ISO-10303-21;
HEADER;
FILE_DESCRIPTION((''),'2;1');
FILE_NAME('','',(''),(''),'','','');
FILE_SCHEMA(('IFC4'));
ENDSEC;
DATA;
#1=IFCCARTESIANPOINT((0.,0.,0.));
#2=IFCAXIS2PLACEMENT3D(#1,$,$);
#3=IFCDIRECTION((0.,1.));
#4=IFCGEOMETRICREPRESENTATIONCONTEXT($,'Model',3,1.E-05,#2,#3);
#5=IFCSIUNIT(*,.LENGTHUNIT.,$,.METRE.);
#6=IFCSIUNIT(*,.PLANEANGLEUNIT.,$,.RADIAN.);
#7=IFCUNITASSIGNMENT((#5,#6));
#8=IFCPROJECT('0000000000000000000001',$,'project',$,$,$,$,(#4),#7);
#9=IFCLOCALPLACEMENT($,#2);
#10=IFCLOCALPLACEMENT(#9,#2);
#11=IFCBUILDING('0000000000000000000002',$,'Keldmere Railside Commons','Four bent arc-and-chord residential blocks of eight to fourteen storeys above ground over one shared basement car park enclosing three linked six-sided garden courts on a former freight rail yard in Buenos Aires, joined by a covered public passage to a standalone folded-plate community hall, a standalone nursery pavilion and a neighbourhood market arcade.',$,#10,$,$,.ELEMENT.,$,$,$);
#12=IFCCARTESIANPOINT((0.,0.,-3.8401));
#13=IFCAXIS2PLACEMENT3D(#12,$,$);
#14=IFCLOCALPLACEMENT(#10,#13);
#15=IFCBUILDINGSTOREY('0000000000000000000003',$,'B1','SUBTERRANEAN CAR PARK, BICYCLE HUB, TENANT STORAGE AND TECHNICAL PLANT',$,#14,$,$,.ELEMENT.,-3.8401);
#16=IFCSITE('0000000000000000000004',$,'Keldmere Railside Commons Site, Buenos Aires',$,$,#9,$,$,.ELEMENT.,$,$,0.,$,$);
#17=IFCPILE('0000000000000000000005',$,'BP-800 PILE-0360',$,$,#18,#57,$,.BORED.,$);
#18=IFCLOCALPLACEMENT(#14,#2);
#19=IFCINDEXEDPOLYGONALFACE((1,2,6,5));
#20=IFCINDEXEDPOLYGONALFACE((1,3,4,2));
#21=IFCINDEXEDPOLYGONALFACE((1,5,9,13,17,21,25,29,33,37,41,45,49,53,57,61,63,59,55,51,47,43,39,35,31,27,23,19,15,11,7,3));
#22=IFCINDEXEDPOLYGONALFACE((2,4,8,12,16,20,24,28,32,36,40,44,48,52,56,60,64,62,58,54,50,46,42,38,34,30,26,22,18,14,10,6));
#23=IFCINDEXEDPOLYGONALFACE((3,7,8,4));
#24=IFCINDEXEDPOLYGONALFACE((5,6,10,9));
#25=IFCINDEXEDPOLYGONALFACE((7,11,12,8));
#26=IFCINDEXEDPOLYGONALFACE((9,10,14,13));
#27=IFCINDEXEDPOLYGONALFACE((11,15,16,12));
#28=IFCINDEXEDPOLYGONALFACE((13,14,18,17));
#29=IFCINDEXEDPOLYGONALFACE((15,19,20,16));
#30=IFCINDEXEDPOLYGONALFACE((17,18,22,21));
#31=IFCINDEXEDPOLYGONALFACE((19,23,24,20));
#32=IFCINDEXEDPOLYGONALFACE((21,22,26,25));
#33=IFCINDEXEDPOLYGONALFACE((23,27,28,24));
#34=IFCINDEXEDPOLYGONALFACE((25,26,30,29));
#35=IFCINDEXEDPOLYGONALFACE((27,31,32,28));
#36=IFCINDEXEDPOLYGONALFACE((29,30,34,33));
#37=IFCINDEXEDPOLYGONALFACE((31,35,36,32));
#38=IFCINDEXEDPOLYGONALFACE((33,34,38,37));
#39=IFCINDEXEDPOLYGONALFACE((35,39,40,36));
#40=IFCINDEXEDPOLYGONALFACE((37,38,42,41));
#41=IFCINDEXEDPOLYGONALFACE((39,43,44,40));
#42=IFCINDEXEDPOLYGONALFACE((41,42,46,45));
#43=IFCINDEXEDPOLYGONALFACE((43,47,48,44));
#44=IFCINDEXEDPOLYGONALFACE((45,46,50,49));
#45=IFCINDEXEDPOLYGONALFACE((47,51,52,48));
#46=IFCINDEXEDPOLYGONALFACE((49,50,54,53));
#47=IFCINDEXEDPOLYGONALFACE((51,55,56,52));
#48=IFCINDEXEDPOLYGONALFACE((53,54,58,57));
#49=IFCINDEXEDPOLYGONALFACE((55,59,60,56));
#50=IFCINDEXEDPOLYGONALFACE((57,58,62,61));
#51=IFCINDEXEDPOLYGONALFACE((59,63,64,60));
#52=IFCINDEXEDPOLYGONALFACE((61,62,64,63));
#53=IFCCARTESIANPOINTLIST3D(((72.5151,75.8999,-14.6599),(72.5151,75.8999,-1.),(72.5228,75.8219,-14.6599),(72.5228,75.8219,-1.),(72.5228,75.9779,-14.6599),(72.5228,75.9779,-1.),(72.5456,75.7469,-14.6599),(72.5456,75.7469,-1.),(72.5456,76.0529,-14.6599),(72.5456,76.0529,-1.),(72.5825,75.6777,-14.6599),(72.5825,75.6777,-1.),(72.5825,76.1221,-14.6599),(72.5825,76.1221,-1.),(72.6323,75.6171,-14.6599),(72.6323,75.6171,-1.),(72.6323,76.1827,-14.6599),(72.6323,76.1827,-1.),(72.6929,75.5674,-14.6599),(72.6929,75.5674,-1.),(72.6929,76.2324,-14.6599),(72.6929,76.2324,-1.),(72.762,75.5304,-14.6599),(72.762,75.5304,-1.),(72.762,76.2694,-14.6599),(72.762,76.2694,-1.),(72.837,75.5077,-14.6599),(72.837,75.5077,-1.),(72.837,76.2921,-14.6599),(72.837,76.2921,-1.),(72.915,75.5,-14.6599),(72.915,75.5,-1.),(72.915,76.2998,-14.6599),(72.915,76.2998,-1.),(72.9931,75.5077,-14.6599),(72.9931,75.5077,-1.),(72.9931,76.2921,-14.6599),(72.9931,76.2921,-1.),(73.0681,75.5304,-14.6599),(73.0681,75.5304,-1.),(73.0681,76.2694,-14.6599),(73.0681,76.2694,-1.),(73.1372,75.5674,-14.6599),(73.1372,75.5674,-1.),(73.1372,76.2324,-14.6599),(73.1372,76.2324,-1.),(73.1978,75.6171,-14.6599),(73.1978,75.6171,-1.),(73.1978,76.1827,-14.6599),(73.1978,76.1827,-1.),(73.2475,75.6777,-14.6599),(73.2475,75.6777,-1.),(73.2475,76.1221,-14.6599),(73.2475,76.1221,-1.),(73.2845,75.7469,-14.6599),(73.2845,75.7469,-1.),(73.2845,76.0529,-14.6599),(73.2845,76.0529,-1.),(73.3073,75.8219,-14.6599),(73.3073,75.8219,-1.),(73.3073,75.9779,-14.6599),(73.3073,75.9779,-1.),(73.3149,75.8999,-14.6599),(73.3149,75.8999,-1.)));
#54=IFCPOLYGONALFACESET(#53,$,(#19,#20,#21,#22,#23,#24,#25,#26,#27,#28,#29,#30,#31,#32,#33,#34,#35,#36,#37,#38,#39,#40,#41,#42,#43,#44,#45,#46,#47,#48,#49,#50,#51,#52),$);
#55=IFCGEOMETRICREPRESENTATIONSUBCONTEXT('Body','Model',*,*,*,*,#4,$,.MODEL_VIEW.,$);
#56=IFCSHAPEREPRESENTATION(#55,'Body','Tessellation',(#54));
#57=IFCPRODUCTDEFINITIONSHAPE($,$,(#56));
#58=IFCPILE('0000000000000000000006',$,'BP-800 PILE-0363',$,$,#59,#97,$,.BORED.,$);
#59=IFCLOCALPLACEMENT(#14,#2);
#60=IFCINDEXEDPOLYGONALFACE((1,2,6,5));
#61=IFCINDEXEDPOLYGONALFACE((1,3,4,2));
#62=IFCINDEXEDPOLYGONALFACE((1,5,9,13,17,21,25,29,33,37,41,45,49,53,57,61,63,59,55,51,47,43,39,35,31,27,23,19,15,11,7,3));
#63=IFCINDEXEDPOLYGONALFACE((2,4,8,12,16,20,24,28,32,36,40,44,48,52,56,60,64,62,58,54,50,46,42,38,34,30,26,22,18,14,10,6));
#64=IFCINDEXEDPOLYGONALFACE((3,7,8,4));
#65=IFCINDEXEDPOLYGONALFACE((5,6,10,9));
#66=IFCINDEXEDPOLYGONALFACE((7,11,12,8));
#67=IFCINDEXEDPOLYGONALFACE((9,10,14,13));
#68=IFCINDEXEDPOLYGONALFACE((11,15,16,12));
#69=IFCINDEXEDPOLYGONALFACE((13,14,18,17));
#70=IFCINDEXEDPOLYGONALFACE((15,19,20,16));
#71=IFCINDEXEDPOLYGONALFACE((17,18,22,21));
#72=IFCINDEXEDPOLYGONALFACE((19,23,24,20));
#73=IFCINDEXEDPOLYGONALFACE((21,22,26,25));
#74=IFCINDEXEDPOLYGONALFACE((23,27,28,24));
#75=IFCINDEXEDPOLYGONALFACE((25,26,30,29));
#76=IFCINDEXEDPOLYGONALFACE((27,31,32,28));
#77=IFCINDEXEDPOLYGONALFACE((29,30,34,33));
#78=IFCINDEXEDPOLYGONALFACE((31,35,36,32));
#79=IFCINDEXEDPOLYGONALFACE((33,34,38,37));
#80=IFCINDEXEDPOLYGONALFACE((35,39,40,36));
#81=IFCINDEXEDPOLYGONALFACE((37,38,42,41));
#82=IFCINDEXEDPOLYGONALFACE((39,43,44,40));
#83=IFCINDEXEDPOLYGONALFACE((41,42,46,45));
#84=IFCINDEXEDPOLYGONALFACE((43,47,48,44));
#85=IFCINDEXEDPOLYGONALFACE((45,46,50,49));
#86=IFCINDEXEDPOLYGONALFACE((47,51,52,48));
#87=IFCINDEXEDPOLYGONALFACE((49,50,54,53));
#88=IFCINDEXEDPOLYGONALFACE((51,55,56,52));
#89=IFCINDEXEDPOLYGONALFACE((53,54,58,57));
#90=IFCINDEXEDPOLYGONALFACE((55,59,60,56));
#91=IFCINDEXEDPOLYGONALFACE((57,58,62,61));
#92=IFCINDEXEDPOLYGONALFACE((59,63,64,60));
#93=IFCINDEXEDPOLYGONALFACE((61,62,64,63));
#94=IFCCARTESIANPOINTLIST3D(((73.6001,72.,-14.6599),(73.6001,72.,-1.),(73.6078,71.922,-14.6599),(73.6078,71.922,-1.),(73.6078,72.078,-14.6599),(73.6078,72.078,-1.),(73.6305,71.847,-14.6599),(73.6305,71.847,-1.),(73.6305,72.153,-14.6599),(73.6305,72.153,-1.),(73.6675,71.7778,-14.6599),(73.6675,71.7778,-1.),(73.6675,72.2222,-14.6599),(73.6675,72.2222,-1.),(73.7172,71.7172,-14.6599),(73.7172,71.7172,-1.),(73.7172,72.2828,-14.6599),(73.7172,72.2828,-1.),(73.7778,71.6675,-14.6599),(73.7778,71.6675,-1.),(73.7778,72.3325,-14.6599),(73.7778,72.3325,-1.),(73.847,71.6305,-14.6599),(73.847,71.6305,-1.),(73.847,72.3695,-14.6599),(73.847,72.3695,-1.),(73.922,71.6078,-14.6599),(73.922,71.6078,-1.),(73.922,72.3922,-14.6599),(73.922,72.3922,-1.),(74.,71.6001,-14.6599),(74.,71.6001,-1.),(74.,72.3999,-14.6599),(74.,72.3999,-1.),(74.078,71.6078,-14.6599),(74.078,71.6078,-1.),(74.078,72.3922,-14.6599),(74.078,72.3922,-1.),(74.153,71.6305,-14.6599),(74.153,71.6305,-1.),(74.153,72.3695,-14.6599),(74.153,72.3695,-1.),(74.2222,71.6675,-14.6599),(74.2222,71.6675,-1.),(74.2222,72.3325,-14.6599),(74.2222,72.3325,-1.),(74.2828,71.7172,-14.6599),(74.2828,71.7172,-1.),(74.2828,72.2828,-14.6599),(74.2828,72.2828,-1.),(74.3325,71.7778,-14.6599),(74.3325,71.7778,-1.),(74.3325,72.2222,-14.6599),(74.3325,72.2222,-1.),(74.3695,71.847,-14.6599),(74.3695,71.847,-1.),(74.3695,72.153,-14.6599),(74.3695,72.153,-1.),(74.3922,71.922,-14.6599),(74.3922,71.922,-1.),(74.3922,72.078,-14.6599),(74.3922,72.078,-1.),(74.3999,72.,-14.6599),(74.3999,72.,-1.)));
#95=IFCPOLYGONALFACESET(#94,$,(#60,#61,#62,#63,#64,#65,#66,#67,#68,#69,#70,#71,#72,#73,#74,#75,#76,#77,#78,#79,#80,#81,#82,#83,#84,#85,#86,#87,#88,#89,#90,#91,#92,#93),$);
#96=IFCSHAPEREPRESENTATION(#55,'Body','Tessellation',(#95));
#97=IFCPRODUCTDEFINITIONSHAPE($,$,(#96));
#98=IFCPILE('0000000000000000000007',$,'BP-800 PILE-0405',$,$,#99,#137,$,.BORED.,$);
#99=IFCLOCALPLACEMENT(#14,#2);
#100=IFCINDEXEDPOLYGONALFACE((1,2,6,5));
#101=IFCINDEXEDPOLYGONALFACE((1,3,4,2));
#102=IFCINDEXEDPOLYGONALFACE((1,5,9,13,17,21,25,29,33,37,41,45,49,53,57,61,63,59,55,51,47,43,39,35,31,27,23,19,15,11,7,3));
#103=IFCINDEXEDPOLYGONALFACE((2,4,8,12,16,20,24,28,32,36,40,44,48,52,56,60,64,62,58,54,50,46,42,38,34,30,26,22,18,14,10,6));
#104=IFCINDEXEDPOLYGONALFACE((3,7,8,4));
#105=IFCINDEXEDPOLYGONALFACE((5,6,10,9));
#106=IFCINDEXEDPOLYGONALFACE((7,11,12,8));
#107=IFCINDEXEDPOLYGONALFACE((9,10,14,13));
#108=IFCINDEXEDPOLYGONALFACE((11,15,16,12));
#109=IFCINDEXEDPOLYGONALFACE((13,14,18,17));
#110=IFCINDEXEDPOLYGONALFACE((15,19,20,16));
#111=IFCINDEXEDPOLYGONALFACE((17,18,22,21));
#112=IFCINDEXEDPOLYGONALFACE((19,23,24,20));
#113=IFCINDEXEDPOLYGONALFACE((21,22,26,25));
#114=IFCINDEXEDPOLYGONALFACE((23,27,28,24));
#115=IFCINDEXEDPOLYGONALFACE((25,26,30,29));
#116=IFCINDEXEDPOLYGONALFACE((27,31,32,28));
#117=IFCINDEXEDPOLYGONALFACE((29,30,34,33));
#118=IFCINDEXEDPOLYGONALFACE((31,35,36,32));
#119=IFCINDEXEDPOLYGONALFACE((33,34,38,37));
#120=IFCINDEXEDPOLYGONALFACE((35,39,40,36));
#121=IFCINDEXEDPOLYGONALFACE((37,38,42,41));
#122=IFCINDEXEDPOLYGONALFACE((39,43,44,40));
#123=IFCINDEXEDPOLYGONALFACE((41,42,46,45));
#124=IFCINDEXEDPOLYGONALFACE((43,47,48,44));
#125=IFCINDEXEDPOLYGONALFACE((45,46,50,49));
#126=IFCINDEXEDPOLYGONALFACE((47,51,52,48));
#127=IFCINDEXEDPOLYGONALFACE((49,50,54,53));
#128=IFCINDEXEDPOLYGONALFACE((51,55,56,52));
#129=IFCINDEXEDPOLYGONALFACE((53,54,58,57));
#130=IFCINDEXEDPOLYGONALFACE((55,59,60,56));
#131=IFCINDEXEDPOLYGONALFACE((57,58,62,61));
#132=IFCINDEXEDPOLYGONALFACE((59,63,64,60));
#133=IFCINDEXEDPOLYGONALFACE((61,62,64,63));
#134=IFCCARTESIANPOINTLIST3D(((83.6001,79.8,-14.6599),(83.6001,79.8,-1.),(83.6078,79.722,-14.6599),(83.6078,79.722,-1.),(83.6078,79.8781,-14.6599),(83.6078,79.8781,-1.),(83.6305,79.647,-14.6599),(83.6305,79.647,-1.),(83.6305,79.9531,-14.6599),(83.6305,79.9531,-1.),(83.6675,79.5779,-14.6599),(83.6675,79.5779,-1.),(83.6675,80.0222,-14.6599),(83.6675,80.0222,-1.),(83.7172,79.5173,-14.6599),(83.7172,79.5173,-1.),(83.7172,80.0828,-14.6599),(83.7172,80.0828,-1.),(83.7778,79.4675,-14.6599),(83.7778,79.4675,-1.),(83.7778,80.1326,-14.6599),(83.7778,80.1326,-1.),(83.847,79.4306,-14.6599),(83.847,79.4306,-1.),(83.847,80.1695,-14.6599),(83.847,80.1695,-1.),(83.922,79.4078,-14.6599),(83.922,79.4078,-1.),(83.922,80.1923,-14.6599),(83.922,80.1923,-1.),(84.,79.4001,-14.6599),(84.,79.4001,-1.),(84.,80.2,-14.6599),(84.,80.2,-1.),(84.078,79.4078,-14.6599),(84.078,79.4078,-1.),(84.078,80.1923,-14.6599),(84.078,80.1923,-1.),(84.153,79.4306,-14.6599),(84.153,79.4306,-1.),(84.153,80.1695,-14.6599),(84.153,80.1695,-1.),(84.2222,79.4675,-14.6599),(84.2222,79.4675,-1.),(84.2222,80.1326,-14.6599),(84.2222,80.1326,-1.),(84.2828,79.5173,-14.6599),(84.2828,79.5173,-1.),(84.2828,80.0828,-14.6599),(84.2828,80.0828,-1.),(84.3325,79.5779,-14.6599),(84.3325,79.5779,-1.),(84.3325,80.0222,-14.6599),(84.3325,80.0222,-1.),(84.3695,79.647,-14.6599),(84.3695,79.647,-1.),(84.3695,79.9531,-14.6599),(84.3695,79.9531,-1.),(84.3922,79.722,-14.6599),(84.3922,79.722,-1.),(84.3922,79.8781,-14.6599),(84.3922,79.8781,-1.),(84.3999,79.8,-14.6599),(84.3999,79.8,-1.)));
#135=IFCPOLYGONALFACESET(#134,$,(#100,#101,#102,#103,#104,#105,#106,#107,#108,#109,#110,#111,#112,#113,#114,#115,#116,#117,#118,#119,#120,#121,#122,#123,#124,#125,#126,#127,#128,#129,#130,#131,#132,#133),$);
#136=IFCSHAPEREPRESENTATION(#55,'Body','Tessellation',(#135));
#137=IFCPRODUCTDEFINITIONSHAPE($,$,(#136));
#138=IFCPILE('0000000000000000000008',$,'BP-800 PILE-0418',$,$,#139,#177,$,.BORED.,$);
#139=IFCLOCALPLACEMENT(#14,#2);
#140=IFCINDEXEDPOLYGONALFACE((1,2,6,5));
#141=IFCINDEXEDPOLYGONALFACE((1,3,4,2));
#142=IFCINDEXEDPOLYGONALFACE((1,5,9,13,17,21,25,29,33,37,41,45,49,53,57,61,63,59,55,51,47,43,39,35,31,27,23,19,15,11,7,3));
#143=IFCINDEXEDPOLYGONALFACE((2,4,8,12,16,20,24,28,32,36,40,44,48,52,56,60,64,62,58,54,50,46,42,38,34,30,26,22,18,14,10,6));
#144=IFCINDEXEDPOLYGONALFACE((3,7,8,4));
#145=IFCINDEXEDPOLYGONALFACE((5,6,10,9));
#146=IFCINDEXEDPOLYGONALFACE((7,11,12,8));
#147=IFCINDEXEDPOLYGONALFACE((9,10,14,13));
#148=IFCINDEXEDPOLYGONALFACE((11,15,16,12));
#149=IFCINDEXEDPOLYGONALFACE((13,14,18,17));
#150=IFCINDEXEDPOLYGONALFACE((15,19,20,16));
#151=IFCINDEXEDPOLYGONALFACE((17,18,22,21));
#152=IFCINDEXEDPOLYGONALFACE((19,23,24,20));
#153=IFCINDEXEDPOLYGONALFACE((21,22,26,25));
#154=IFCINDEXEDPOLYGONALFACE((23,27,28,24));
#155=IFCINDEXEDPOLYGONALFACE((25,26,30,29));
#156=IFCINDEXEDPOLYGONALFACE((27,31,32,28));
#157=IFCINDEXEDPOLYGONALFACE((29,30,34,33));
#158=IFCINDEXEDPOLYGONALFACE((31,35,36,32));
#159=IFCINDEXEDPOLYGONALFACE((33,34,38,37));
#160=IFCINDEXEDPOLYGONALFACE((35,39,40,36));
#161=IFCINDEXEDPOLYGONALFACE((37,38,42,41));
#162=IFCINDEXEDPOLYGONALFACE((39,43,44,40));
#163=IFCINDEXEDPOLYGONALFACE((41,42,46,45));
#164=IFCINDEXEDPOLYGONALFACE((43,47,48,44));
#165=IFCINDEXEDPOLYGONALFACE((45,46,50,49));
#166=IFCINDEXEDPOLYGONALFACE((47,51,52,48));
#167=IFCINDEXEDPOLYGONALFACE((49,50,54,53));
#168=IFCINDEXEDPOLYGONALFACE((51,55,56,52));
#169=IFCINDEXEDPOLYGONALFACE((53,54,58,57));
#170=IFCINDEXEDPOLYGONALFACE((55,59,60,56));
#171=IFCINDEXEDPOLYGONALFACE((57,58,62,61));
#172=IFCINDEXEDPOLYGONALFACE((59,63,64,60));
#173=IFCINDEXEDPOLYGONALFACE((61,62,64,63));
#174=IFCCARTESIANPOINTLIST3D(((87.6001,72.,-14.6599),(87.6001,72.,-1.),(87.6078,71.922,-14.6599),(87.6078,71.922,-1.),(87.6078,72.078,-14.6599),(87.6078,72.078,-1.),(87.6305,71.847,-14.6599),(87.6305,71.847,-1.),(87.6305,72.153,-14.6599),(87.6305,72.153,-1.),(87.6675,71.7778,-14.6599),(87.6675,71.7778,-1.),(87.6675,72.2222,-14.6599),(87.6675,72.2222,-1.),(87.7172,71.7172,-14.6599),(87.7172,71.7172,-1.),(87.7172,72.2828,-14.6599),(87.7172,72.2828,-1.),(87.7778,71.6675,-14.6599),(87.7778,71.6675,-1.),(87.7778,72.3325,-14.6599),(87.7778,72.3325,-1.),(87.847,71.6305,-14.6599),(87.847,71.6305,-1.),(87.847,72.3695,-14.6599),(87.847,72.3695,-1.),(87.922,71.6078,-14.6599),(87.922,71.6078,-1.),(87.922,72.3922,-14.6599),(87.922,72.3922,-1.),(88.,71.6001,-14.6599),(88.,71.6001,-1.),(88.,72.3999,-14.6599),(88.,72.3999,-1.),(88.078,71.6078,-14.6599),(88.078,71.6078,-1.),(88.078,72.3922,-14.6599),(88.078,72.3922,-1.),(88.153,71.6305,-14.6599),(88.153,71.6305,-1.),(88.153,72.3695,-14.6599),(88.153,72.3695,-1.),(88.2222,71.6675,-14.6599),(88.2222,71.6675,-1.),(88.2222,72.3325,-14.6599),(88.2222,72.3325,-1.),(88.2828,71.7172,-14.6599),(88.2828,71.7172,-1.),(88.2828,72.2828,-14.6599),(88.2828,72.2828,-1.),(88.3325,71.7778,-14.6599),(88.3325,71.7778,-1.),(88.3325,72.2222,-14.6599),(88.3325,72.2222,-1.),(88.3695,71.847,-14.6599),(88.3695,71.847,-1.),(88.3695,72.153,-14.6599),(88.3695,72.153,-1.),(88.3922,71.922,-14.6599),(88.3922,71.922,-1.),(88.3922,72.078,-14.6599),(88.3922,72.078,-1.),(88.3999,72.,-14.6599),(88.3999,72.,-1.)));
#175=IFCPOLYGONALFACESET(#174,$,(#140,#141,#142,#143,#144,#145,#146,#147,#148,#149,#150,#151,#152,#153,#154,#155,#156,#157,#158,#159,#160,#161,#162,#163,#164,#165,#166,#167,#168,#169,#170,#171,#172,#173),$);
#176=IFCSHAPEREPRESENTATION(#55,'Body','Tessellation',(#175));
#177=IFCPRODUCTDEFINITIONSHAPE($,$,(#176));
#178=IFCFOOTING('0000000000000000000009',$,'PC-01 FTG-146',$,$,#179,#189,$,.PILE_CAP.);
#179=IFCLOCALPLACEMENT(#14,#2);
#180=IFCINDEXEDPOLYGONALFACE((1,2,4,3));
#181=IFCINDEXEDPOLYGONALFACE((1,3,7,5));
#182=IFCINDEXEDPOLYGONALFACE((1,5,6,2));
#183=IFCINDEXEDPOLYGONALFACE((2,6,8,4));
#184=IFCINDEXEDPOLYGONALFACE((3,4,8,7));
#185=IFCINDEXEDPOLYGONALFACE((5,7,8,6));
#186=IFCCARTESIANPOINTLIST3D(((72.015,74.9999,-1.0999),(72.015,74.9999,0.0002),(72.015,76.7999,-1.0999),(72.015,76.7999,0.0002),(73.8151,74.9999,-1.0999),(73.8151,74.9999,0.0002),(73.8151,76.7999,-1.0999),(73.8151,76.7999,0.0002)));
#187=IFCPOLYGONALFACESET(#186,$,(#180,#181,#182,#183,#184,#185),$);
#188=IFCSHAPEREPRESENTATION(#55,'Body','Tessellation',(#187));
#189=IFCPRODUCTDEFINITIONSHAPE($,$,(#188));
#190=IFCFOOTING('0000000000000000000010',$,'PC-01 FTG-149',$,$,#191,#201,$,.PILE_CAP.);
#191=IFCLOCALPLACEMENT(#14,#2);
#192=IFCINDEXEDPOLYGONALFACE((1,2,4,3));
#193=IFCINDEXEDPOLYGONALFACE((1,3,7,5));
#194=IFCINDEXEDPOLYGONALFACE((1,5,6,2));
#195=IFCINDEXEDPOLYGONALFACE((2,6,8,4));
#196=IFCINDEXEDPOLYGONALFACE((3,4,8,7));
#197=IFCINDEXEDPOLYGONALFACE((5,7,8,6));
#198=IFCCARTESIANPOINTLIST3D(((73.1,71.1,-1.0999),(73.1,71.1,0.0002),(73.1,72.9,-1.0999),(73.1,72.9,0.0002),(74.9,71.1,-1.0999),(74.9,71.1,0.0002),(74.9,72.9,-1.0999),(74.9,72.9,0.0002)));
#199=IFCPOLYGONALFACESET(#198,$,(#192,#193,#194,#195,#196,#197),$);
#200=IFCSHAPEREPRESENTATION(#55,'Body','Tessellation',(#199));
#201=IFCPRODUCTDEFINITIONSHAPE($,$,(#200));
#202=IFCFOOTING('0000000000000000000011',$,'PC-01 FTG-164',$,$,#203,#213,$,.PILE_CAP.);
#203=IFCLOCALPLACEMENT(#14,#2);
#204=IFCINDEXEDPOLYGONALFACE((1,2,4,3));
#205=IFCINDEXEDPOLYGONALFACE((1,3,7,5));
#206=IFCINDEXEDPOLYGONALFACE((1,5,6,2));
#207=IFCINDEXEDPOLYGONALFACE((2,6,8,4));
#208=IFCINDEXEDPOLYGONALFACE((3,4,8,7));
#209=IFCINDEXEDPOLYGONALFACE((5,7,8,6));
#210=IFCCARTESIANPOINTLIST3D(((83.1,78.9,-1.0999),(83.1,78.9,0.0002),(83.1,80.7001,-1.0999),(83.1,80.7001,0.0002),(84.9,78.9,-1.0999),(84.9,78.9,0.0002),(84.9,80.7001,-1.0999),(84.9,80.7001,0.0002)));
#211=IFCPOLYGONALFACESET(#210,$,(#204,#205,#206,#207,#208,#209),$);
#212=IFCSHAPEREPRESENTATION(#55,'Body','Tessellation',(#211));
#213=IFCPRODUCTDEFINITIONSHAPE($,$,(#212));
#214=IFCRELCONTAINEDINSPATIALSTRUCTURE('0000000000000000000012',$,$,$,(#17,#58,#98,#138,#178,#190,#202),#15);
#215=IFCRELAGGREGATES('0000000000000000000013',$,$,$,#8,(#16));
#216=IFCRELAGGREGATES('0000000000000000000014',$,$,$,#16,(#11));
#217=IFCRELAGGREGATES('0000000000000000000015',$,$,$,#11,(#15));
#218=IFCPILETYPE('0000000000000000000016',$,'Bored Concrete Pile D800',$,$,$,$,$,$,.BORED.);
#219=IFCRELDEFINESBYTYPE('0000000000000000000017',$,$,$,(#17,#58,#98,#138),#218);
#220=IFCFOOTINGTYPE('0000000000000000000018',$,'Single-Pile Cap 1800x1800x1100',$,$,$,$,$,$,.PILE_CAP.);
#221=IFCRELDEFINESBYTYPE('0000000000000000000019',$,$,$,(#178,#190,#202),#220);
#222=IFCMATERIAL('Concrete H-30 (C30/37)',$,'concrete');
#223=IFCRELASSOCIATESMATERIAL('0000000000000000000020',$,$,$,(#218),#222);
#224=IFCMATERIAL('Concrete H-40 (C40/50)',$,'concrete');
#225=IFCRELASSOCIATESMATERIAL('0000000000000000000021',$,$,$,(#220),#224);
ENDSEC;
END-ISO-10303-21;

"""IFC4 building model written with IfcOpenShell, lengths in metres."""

from ifc_helpers import new_model, si_unit, direction, frame, origin, origin_2d, place, context, subcontext, project, spatial, rectangle, circle, extrude, material, material_profile, profile_set, type_object, element, save


model = new_model("IFC4")

# Units and contexts
model_context = context("Model", 3, precision=1e-05, world=origin(), true_north=direction((0.0, 1.0)))
body_context = subcontext(model_context, "Body", "Model", "MODEL_VIEW")
ifc_project = project(units=[si_unit("LENGTHUNIT", "METRE"), si_unit("PLANEANGLEUNIT", "RADIAN")], contexts=[model_context])

# Site, building, storey
site_placement = place(None, origin())
site = spatial("IfcSite", under=ifc_project, at=site_placement, Name="Keldmere Railside Commons Site, Buenos Aires", CompositionType="ELEMENT", RefElevation=0.0)
building_placement = place(site_placement, origin())
building = spatial("IfcBuilding", under=site, at=building_placement, Name="Keldmere Railside Commons", Description="Four bent arc-and-chord residential blocks of eight to fourteen storeys above ground over one shared basement car park enclosing three linked six-sided garden courts on a former freight rail yard in Buenos Aires, joined by a covered public passage to a standalone folded-plate community hall, a standalone nursery pavilion and a neighbourhood market arcade.", CompositionType="ELEMENT")
storey_placement = place(building_placement, frame((0.0, 0.0, -3.8401)))
storey = spatial("IfcBuildingStorey", under=building, at=storey_placement, Name="B1", Description="SUBTERRANEAN CAR PARK, BICYCLE HUB, TENANT STORAGE AND TECHNICAL PLANT", CompositionType="ELEMENT", Elevation=-3.8401)

# Piles
ifc_material_1 = material(Name="Concrete H-30 (C30/37)", Category="concrete")
ifc_material_profile_1 = material_profile(ifc_material_1, circle(Radius=0.3999, at=origin_2d()), Name="PILE-D800")
ifc_profile_set_1 = profile_set([ifc_material_profile_1], Name="Concrete H-30 (C30/37)")
pile_type = type_object("IfcPileType", Name="Bored Concrete Pile D800", PredefinedType="BORED", material=ifc_profile_set_1)
for number, where, z_axis, x_axis, name in (
    (1, (72.915, 75.8999, -1.0), (0.0, 0.0, -1.0), (1.0, 0.0, 0.0), "BP-800 PILE-0360"),
    (2, (74.0, 72.0, -1.0), (0.0, 0.0, -1.0), (1.0, 0.0, 0.0), "BP-800 PILE-0363"),
    (3, (84.0, 79.8, -1.0), (0.0, 0.0, -1.0), (1.0, 0.0, 0.0), "BP-800 PILE-0405"),
    (4, (88.0, 72.0, -1.0), (0.0, 0.0, -1.0), (1.0, 0.0, 0.0), "BP-800 PILE-0418"),
):
    element("IfcPile", number, at=place(storey_placement, frame(where, z_axis=z_axis, x_axis=x_axis)), inside=storey, type_object=pile_type, Name=name, PredefinedType="BORED", context=body_context, shape_type="SweptSolid", body=[
        extrude(circle(Radius=0.3999, at=origin_2d()), origin(), (0.0, 0.0, 1.0), 13.6599),
    ])

# Footings
ifc_material_2 = material(Name="Concrete H-40 (C40/50)", Category="concrete")
footing_type = type_object("IfcFootingType", Name="Single-Pile Cap 1800x1800x1100", PredefinedType="PILE_CAP", material=ifc_material_2)
for number, where, z_axis, x_axis, name in (
    (5, (72.915, 75.8999, -1.0999), (0.0, 0.0, 1.0), (1.0, 0.0, 0.0), "PC-01 FTG-146"),
    (6, (74.0, 72.0, -1.0999), (0.0, 0.0, 1.0), (1.0, 0.0, 0.0), "PC-01 FTG-149"),
    (7, (84.0, 79.8, -1.0999), (0.0, 0.0, 1.0), (1.0, 0.0, 0.0), "PC-01 FTG-164"),
):
    element("IfcFooting", number, at=place(storey_placement, frame(where, z_axis=z_axis, x_axis=x_axis)), inside=storey, type_object=footing_type, Name=name, PredefinedType="PILE_CAP", context=body_context, shape_type="SweptSolid", body=[
        extrude(rectangle(XDim=1.8, YDim=1.8, at=origin_2d()), origin(), (0.0, 0.0, 1.0), 1.1001),
    ])

save(model, "model.ifc")
